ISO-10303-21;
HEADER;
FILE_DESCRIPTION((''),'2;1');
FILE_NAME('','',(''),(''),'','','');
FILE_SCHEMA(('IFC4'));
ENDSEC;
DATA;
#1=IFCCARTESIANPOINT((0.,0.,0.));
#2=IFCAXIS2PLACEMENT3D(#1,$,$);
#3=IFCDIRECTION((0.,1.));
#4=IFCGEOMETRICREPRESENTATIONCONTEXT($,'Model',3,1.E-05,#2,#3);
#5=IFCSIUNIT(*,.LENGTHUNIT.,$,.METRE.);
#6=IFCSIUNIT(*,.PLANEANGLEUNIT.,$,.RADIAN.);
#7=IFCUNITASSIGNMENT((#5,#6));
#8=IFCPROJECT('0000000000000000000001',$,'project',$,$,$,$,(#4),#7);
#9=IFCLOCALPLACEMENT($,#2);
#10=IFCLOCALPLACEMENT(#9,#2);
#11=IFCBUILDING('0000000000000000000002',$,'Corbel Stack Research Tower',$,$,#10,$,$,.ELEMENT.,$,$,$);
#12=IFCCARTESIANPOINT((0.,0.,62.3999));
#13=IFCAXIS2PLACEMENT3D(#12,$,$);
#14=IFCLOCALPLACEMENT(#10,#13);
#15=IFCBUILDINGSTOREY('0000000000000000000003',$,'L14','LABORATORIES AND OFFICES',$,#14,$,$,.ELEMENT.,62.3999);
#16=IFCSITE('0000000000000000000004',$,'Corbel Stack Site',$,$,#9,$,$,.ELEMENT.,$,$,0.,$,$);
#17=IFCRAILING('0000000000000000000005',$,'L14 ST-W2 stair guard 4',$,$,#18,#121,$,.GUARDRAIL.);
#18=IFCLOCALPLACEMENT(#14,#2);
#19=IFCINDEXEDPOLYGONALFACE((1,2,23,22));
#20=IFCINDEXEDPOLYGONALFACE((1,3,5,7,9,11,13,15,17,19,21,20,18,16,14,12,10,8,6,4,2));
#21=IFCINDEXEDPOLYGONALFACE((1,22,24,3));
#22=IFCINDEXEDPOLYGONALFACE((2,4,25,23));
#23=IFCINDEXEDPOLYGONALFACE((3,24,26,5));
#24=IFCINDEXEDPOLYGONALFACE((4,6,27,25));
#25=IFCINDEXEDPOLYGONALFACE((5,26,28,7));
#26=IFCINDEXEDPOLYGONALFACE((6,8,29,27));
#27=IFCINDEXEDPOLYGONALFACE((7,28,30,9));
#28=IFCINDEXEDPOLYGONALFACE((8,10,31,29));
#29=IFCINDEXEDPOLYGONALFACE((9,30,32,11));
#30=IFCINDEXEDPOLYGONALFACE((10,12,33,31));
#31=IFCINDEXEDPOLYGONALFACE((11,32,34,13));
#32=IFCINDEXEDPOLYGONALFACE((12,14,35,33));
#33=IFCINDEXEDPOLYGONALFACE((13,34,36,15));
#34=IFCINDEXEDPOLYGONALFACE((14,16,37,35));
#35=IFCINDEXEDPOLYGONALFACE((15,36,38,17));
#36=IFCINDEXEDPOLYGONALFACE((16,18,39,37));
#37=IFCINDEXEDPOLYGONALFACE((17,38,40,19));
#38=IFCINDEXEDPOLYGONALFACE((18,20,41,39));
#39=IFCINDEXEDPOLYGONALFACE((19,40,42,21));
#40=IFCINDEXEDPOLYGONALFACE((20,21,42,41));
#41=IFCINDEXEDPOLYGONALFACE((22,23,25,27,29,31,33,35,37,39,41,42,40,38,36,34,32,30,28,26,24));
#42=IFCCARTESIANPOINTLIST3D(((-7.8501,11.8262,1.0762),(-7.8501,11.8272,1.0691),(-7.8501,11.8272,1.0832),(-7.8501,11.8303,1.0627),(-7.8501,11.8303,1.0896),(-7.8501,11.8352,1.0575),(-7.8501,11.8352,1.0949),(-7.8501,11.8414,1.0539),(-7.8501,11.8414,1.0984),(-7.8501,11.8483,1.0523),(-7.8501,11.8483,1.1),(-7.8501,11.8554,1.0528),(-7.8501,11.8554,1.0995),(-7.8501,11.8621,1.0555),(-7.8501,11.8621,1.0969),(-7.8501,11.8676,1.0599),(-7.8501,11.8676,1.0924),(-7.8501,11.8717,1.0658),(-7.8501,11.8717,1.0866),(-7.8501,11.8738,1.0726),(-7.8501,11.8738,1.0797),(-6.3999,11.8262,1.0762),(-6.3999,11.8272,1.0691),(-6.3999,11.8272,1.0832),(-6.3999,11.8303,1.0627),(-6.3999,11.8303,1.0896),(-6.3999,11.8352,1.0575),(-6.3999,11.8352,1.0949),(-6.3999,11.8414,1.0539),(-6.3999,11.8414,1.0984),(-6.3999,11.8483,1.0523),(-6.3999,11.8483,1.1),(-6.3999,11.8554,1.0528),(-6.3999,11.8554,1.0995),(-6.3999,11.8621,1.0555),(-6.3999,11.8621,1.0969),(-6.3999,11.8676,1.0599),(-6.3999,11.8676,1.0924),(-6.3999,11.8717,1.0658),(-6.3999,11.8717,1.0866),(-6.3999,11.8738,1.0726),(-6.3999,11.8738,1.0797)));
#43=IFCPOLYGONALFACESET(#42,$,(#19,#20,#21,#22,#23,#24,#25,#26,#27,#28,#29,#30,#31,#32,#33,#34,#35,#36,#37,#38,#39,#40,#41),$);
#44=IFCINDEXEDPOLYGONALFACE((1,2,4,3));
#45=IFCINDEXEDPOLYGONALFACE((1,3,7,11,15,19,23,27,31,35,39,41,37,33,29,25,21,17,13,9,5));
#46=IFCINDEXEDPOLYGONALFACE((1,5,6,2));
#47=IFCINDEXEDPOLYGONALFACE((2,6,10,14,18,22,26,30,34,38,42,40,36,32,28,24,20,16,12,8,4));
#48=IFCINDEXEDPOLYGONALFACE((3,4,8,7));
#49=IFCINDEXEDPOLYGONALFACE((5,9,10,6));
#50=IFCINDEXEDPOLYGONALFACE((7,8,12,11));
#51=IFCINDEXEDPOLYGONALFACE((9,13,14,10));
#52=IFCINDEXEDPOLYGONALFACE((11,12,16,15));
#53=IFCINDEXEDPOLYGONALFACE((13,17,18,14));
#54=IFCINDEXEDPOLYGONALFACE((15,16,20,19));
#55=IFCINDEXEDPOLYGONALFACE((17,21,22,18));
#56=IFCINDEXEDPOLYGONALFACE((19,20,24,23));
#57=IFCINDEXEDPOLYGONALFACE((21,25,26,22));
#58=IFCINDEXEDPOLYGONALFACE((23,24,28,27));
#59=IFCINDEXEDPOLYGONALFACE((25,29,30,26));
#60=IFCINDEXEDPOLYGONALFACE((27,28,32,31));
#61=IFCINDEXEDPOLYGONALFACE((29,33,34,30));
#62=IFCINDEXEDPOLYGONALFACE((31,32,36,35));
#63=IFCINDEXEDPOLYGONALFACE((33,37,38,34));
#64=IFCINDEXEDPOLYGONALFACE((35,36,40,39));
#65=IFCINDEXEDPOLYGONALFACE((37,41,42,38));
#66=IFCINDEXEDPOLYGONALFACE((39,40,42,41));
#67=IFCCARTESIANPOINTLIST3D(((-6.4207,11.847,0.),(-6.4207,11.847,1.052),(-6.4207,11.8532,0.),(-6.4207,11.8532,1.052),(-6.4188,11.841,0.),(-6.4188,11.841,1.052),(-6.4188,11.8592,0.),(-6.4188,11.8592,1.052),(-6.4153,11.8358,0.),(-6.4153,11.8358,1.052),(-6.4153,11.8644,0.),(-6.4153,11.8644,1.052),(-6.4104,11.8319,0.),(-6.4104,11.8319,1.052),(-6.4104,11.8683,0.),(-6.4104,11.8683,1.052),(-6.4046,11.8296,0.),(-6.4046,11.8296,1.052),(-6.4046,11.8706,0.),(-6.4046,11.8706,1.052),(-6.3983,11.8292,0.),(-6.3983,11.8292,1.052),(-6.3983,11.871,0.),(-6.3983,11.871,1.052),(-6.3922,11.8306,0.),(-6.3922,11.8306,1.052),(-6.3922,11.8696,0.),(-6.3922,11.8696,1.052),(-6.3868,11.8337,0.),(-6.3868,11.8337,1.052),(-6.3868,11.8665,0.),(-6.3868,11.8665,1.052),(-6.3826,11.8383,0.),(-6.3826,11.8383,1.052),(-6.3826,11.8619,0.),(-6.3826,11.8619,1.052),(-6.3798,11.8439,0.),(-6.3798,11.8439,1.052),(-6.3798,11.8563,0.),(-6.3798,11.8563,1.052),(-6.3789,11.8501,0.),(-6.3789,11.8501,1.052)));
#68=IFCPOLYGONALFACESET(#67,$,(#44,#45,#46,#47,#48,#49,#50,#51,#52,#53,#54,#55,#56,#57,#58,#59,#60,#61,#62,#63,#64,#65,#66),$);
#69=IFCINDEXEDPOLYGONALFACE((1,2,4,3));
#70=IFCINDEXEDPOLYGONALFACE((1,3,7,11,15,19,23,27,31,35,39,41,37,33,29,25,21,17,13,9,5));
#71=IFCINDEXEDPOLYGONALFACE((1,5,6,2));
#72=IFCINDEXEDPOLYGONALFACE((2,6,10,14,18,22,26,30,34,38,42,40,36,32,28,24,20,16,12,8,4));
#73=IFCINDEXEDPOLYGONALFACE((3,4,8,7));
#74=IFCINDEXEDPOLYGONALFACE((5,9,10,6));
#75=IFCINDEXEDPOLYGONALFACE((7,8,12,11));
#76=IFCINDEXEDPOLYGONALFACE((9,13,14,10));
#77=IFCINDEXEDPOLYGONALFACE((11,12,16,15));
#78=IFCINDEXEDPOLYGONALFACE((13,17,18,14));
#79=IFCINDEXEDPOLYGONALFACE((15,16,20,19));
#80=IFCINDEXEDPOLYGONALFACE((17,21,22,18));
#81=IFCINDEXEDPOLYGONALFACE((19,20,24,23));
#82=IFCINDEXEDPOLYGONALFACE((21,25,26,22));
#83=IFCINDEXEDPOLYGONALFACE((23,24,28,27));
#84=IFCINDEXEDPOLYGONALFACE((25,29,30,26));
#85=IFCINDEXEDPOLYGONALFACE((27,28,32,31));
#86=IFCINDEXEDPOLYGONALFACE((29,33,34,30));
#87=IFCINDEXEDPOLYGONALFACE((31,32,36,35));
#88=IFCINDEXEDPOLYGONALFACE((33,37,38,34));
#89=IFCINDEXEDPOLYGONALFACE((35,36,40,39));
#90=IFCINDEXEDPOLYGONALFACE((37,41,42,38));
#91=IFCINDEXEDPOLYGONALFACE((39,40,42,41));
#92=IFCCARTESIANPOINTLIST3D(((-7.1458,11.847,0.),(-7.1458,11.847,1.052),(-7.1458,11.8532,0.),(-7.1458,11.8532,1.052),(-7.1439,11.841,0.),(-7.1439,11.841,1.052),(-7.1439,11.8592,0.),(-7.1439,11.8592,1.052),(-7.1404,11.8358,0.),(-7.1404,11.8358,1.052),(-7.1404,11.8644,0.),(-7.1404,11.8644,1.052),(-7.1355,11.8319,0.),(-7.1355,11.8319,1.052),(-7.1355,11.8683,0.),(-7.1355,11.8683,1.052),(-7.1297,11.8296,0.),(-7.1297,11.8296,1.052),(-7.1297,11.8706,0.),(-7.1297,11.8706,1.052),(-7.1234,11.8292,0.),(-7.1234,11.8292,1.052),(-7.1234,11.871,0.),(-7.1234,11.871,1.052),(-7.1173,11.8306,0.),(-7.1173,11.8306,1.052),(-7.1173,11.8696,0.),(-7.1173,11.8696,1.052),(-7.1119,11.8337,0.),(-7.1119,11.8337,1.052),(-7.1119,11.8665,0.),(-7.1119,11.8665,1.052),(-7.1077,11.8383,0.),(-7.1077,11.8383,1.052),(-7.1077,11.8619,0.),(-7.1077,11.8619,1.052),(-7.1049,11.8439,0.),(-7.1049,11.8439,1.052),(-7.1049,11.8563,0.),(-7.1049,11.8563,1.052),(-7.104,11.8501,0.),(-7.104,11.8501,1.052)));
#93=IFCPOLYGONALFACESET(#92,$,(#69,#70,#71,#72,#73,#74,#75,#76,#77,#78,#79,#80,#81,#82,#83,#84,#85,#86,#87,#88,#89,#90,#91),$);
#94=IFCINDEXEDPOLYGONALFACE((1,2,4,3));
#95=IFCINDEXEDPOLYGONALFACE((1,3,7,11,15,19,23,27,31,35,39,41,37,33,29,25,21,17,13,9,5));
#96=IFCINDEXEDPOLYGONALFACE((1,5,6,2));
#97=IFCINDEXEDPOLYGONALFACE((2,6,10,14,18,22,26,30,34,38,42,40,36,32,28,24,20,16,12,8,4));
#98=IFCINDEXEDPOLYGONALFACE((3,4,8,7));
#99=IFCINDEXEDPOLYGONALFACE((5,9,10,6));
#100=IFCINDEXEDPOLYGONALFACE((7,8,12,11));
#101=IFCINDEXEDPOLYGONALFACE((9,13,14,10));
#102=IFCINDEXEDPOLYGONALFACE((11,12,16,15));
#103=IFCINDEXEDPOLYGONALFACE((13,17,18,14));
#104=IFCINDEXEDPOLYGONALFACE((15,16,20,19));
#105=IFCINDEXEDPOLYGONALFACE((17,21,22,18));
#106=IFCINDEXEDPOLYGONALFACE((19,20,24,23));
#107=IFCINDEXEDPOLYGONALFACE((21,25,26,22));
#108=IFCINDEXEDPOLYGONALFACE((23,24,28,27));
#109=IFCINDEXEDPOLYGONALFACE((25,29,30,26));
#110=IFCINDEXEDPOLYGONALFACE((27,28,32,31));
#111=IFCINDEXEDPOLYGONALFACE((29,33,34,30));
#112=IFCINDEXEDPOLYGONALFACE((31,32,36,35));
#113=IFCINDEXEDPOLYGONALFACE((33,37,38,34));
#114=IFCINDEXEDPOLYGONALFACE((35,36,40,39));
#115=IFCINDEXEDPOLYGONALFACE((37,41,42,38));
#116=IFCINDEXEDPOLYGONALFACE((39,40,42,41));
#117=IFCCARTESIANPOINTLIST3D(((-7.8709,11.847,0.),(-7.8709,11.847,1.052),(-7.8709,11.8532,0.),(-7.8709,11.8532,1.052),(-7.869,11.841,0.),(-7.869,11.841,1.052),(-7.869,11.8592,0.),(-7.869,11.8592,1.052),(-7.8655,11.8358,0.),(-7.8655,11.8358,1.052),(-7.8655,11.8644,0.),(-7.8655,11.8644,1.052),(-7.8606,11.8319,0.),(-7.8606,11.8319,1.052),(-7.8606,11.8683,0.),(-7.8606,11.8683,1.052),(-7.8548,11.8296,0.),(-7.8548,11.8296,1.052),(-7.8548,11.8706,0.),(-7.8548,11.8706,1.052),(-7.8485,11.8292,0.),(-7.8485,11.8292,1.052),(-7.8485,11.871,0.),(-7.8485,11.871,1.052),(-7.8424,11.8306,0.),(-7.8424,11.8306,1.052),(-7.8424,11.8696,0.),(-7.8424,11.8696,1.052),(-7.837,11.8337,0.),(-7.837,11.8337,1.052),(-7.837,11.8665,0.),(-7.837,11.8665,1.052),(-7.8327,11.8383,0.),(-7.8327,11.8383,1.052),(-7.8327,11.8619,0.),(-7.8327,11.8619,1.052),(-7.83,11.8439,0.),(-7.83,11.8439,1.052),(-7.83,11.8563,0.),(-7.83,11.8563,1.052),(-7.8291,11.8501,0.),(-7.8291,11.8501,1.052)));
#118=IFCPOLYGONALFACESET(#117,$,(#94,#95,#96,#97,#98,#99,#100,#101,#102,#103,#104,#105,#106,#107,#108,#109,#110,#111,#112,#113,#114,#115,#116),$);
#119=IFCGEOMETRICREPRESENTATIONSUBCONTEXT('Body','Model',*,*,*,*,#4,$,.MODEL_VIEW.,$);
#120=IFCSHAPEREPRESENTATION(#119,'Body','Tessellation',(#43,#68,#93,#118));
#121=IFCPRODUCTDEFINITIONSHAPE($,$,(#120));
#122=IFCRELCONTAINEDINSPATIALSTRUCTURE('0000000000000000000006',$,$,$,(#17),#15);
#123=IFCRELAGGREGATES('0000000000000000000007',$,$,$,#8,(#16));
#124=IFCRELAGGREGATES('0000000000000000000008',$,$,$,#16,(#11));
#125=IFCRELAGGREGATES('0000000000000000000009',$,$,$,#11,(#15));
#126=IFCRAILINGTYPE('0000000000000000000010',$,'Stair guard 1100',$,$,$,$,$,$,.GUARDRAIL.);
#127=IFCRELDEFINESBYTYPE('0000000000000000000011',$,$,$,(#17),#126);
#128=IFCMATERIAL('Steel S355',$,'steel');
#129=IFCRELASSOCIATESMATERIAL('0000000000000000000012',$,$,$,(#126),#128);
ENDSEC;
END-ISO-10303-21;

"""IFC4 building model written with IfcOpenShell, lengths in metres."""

from ifc_helpers import new_model, si_unit, direction, frame, origin, origin_2d, place, context, subcontext, project, spatial, circle, extrude, material, type_object, element, save


model = new_model("IFC4")

# Units and contexts
model_context = context("Model", 3, precision=1e-05, world=origin(), true_north=direction((0.0, 1.0)))
body_context = subcontext(model_context, "Body", "Model", "MODEL_VIEW")
ifc_project = project(units=[si_unit("LENGTHUNIT", "METRE"), si_unit("PLANEANGLEUNIT", "RADIAN")], contexts=[model_context])

# Site, building, storey
site_placement = place(None, origin())
site = spatial("IfcSite", under=ifc_project, at=site_placement, Name="Corbel Stack Site", CompositionType="ELEMENT", RefElevation=0.0)
building_placement = place(site_placement, origin())
building = spatial("IfcBuilding", under=site, at=building_placement, Name="Corbel Stack Research Tower", CompositionType="ELEMENT")
storey_placement = place(building_placement, frame((0.0, 0.0, 62.3999)))
storey = spatial("IfcBuildingStorey", under=building, at=storey_placement, Name="L14", Description="LABORATORIES AND OFFICES", CompositionType="ELEMENT", Elevation=62.3999)

# Railing
ifc_material_1 = material(Name="Steel S355", Category="steel")
railing_type_1 = type_object("IfcRailingType", Name="Stair guard 1100", PredefinedType="GUARDRAIL", material=ifc_material_1)
railing_1_placement = place(storey_placement, frame((-6.3999, 11.8501, 0.0)))
element("IfcRailing", 1, at=railing_1_placement, inside=storey, type_object=railing_type_1, Name="L14 ST-W2 stair guard 4", PredefinedType="GUARDRAIL", context=body_context, shape_type="SweptSolid", body=[
    extrude(circle(Radius=0.0239, at=origin_2d()), frame((0.0, 0.0, 1.0762), z_axis=(-1.0, 0.0, 0.0), x_axis=(0.0, -1.0, 0.0)), (0.0, 0.0, 1.0), 1.4502),
    extrude(circle(Radius=0.021, at=origin_2d()), origin(), (0.0, 0.0, 1.0), 1.052),
    extrude(circle(Radius=0.021, at=origin_2d()), frame((-0.7251, 0.0, 0.0)), (0.0, 0.0, 1.0), 1.052),
    extrude(circle(Radius=0.021, at=origin_2d()), frame((-1.4502, 0.0, 0.0)), (0.0, 0.0, 1.0), 1.052),
])

save(model, "model.ifc")
